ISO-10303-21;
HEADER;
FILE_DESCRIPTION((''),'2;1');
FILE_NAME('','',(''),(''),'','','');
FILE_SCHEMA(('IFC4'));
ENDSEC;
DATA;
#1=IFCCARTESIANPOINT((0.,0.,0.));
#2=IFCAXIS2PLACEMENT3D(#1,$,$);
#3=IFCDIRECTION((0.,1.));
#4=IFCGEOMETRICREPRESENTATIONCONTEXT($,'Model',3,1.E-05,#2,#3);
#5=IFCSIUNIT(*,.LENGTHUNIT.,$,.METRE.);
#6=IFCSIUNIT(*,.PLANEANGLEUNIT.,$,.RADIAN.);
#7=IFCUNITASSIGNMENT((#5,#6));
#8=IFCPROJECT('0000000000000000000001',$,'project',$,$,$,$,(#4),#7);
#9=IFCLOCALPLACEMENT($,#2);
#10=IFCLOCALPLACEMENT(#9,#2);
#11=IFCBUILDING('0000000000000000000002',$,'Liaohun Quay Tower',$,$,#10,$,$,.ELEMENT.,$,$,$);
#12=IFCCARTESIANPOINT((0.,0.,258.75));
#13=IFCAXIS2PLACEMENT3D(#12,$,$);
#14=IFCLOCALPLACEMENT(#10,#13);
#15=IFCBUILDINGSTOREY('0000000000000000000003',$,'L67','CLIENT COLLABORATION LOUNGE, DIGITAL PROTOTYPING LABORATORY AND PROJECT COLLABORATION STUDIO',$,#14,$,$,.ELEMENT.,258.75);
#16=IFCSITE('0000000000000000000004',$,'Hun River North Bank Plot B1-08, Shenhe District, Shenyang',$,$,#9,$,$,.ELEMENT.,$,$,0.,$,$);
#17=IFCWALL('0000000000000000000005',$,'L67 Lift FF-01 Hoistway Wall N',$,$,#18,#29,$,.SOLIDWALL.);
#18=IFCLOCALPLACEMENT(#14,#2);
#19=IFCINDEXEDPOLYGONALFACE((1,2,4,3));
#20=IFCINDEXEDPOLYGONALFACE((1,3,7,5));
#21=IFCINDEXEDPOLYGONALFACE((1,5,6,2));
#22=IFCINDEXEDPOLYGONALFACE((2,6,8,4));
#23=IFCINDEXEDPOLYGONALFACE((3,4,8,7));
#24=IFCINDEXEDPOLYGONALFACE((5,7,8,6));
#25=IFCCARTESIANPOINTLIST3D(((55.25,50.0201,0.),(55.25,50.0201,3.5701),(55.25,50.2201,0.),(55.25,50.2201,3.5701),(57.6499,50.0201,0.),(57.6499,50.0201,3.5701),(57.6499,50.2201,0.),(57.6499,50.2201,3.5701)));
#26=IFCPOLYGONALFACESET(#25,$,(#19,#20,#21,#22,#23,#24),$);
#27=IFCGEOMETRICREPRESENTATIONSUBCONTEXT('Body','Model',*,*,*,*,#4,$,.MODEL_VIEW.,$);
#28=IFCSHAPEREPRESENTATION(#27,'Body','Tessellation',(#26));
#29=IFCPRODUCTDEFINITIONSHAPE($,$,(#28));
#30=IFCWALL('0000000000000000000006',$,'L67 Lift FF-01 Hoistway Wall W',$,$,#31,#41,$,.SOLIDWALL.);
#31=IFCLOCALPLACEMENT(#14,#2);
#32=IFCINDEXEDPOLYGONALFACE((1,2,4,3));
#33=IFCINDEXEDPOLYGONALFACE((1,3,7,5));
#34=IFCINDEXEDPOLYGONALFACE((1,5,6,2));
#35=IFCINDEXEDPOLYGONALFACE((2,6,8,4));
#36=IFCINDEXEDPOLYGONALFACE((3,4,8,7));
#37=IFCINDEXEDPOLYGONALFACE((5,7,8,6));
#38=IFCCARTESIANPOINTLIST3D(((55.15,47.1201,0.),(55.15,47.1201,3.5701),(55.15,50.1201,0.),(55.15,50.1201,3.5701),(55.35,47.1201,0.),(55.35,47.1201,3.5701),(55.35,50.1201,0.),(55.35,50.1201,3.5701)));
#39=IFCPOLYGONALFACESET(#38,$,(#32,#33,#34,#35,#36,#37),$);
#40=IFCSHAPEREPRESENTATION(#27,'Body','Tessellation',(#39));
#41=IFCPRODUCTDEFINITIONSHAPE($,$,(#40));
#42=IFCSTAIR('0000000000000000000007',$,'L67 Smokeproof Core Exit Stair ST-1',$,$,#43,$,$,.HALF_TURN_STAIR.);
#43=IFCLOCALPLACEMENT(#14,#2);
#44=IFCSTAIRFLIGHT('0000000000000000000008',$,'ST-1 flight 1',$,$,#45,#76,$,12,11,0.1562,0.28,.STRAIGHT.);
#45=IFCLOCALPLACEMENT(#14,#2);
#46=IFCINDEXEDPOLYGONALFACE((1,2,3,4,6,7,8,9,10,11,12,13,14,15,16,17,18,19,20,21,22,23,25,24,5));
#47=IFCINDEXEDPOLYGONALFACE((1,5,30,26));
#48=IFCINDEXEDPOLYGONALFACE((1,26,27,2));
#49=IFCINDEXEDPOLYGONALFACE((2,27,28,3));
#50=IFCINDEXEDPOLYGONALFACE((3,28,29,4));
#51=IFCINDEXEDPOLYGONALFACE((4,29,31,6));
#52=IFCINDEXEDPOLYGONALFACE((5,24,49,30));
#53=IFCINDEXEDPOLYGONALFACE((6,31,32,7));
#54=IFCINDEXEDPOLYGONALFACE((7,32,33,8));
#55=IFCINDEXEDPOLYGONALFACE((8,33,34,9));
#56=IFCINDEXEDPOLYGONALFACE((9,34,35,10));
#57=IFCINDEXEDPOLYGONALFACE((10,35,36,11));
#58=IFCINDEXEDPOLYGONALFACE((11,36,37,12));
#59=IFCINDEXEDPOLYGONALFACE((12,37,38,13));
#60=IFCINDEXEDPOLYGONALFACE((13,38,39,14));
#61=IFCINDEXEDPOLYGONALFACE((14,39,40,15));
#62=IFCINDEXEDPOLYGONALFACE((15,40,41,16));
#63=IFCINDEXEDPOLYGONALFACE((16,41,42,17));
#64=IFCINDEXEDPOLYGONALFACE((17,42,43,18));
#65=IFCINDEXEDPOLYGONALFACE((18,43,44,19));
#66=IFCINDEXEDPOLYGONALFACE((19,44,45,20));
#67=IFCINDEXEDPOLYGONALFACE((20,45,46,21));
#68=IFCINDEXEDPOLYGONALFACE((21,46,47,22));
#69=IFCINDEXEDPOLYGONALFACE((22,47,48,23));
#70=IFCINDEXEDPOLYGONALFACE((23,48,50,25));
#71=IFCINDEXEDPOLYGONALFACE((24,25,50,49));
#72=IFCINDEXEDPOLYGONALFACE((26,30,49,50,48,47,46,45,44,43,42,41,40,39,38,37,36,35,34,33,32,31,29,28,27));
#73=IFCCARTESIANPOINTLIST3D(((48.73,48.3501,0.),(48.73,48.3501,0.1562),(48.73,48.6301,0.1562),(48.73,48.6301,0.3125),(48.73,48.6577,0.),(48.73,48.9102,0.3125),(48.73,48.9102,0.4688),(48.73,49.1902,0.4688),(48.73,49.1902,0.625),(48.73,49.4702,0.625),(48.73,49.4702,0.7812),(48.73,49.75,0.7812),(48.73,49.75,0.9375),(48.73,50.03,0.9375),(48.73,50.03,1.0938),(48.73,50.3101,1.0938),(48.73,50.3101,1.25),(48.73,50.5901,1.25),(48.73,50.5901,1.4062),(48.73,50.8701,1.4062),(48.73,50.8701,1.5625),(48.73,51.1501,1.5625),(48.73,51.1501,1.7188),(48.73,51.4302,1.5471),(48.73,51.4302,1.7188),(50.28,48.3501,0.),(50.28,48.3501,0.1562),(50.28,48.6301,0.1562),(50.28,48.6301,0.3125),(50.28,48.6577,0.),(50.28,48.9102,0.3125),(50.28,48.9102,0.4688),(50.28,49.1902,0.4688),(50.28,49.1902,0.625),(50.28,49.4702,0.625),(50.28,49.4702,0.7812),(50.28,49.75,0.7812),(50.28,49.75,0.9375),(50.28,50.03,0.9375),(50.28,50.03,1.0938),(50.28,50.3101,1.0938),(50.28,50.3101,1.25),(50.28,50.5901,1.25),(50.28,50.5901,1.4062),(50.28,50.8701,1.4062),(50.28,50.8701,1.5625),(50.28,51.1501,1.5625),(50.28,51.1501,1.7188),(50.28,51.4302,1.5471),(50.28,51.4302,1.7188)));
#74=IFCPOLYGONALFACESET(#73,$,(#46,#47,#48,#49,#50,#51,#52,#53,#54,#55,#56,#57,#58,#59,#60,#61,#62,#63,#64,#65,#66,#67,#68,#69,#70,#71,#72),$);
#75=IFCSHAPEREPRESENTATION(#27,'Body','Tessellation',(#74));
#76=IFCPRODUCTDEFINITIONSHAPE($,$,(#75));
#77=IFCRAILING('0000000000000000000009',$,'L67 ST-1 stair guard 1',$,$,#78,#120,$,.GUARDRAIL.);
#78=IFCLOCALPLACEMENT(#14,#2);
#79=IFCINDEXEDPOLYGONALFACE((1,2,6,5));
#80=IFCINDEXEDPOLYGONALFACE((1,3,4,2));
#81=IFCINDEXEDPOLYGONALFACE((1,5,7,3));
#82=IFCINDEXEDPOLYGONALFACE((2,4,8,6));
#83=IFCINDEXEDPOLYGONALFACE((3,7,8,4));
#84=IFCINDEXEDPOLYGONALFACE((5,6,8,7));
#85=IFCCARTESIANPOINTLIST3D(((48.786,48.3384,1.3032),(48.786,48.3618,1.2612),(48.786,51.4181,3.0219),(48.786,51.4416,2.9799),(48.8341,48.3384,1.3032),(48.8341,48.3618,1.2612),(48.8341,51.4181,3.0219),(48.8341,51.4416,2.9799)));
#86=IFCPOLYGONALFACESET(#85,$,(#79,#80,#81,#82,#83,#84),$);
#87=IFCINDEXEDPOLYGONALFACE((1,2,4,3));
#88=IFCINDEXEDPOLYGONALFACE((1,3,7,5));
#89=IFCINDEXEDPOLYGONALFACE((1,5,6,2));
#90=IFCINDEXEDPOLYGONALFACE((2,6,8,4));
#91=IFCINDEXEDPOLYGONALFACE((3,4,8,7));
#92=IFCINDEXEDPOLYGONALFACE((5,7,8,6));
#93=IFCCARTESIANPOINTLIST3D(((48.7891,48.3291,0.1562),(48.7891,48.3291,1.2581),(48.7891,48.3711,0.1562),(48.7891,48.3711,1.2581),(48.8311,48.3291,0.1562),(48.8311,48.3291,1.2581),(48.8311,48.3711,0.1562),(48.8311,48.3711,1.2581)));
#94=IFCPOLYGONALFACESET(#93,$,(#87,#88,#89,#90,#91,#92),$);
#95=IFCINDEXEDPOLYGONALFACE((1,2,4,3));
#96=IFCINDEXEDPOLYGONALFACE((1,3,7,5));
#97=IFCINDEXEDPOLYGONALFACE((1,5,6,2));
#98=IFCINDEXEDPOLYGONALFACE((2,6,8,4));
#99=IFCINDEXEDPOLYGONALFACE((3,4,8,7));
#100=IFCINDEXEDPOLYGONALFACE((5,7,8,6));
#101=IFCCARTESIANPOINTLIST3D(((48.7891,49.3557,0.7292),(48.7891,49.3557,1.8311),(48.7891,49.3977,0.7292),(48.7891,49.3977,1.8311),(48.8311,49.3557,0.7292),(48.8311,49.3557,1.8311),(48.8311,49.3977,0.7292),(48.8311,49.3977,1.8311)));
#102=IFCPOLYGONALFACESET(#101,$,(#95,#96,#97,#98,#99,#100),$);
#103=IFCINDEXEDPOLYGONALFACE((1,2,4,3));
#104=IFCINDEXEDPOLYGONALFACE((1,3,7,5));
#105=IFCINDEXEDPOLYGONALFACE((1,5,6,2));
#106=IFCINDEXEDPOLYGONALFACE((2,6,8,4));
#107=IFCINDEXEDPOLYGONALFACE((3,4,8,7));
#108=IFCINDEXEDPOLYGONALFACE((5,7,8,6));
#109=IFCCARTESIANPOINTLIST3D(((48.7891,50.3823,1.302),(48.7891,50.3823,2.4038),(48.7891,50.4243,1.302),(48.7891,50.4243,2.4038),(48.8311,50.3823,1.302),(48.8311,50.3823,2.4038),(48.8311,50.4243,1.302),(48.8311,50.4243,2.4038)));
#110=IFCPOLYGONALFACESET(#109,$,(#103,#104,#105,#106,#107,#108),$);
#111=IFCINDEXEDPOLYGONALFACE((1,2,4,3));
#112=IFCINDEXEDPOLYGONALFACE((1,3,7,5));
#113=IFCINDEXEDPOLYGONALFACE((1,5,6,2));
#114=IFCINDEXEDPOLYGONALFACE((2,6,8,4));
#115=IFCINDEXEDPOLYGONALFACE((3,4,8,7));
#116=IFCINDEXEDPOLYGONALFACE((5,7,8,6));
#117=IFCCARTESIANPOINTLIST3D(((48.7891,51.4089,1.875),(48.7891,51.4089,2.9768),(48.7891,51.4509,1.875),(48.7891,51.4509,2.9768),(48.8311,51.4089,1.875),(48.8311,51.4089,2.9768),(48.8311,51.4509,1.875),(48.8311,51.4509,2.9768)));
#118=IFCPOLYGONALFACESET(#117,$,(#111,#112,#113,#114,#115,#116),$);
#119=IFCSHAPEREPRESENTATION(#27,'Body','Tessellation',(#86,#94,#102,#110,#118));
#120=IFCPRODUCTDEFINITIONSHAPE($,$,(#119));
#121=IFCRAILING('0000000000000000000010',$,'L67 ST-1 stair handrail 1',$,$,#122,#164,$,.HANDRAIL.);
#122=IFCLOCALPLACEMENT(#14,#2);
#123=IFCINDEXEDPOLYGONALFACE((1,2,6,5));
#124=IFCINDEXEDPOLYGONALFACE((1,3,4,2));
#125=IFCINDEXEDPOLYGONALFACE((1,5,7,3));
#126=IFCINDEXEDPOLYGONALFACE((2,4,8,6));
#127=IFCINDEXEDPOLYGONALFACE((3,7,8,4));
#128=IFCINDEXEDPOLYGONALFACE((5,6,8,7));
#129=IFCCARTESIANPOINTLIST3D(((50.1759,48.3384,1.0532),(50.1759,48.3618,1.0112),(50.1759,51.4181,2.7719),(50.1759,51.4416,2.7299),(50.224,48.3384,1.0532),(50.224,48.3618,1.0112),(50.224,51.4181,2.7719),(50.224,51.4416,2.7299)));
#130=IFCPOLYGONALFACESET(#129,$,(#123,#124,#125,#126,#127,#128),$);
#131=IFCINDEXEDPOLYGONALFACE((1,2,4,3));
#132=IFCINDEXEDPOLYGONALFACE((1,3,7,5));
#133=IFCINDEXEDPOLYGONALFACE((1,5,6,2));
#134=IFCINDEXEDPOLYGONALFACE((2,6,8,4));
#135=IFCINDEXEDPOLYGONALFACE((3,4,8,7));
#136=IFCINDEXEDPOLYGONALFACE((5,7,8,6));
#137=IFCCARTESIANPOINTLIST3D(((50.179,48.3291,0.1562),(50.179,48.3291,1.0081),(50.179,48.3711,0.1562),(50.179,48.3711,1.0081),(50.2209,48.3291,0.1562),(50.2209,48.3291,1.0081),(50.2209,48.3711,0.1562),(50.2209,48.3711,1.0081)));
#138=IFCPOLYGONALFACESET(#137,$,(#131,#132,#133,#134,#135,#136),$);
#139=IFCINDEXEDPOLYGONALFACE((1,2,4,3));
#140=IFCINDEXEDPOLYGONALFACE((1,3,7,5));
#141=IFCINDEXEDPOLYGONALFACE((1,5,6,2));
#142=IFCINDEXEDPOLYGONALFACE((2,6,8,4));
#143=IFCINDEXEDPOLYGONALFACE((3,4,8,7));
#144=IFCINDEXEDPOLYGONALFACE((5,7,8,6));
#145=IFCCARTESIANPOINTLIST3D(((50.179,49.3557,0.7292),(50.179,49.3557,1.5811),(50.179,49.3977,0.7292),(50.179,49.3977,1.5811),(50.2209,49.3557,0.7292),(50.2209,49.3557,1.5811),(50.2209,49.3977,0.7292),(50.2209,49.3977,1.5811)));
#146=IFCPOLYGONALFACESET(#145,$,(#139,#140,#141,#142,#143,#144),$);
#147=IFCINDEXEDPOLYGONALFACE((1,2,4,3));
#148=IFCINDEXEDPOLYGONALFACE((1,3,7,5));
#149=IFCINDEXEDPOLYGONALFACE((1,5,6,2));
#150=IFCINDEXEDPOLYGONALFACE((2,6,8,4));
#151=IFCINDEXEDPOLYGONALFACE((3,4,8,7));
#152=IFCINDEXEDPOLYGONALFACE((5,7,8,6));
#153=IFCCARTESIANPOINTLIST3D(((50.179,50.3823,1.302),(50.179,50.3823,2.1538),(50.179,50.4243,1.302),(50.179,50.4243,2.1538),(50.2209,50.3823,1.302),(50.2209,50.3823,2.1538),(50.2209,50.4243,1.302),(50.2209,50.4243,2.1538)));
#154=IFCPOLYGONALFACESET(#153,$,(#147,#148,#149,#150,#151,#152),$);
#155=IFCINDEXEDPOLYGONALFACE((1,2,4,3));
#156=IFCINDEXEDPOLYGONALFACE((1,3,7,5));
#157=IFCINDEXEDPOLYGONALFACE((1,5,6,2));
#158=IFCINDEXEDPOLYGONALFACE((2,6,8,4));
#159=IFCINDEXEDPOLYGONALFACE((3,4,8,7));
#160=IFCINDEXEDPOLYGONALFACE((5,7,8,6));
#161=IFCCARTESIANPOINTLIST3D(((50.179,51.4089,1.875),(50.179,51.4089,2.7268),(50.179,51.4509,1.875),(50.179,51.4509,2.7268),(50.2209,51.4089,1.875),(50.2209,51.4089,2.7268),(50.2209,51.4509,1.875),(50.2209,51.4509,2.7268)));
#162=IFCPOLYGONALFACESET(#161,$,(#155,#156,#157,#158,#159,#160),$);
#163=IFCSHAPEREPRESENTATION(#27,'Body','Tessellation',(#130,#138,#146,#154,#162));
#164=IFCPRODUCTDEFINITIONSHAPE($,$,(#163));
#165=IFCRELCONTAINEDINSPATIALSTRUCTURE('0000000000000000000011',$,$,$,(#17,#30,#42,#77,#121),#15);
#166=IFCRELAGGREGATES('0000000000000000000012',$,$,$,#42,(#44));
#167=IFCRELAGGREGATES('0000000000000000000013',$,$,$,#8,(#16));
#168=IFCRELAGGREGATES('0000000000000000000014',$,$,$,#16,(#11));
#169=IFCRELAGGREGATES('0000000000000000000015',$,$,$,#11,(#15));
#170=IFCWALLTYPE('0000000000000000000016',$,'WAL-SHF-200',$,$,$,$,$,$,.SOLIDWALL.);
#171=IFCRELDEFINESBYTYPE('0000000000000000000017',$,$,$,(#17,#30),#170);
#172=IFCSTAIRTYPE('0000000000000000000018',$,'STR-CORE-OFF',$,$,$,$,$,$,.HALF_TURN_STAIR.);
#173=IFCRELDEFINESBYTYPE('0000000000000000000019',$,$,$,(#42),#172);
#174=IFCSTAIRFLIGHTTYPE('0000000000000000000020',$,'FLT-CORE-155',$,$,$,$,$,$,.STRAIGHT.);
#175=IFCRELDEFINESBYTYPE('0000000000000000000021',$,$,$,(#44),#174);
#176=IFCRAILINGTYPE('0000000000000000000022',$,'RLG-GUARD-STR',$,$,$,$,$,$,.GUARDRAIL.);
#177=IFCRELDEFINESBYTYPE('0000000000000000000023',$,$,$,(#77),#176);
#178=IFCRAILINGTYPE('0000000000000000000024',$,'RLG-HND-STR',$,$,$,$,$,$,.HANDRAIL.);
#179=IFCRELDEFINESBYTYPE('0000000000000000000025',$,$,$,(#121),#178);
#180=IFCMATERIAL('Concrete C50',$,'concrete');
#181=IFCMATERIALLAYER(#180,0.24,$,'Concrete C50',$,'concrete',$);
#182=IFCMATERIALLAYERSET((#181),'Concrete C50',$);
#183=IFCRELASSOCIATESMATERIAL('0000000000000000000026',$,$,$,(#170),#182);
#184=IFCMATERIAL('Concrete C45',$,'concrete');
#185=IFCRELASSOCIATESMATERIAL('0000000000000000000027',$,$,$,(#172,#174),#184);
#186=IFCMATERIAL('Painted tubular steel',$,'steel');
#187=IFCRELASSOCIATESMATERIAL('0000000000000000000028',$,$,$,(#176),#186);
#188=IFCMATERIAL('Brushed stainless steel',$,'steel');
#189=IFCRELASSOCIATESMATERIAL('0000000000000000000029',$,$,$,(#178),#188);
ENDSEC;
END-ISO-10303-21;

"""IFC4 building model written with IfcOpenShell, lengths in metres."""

from ifc_helpers import new_model, si_unit, direction, frame, frame_2d, origin, origin_2d, place, context, subcontext, project, spatial, polyline, rectangle, outline, extrude, material, layer, layer_set, type_object, element, aggregate, save


model = new_model("IFC4")

# Units and contexts
model_context = context("Model", 3, precision=1e-05, world=origin(), true_north=direction((0.0, 1.0)))
body_context = subcontext(model_context, "Body", "Model", "MODEL_VIEW")
ifc_project = project(units=[si_unit("LENGTHUNIT", "METRE"), si_unit("PLANEANGLEUNIT", "RADIAN")], contexts=[model_context])

# Site, building, storey
site_placement = place(None, origin())
site = spatial("IfcSite", under=ifc_project, at=site_placement, Name="Hun River North Bank Plot B1-08, Shenhe District, Shenyang", CompositionType="ELEMENT", RefElevation=0.0)
building_placement = place(site_placement, origin())
building = spatial("IfcBuilding", under=site, at=building_placement, Name="Liaohun Quay Tower", CompositionType="ELEMENT")
storey_placement = place(building_placement, frame((0.0, 0.0, 258.75)))
storey = spatial("IfcBuildingStorey", under=building, at=storey_placement, Name="L67", Description="CLIENT COLLABORATION LOUNGE, DIGITAL PROTOTYPING LABORATORY AND PROJECT COLLABORATION STUDIO", CompositionType="ELEMENT", Elevation=258.75)

# Shared definitions
ifc_material_1 = material(Name="Concrete C50", Category="concrete")

# Shared definitions
ifc_layer_1 = layer(ifc_material_1, 0.24, Name="Concrete C50", Category="concrete")
ifc_layer_set_1 = layer_set([ifc_layer_1], Name="Concrete C50")
wall_type_1 = type_object("IfcWallType", Name="WAL-SHF-200", PredefinedType="SOLIDWALL", material=ifc_layer_set_1)

# Walls
wall_1_placement = place(storey_placement, frame((57.6499, 50.1201, 0.0), z_axis=(0.0, 0.0, 1.0), x_axis=(-1.0, 0.0, 0.0)))
element("IfcWall", 1, at=wall_1_placement, inside=storey, type_object=wall_type_1, Name="L67 Lift FF-01 Hoistway Wall N", PredefinedType="SOLIDWALL", context=body_context, shape_type="SweptSolid", body=[
    extrude(rectangle(XDim=2.3999, YDim=0.2, at=frame_2d((1.2, 0.0))), origin(), (0.0, 0.0, 1.0), 3.5701),
])
wall_2_placement = place(storey_placement, frame((55.25, 50.1201, 0.0), z_axis=(0.0, 0.0, 1.0), x_axis=(0.0, -1.0, 0.0)))
element("IfcWall", 2, at=wall_2_placement, inside=storey, type_object=wall_type_1, Name="L67 Lift FF-01 Hoistway Wall W", PredefinedType="SOLIDWALL", context=body_context, shape_type="SweptSolid", body=[
    extrude(rectangle(XDim=3.0, YDim=0.2, at=frame_2d((1.5, 0.0))), origin(), (0.0, 0.0, 1.0), 3.5701),
])

# Stair, stair flight
ifc_material_2 = material(Name="Concrete C45", Category="concrete")
stair_type = type_object("IfcStairType", Name="STR-CORE-OFF", PredefinedType="HALF_TURN_STAIR", material=ifc_material_2)
stair_placement = place(storey_placement, origin())
stair = element("IfcStair", 3, at=stair_placement, inside=storey, type_object=stair_type, Name="L67 Smokeproof Core Exit Stair ST-1", PredefinedType="HALF_TURN_STAIR")
stair_flight_type = type_object("IfcStairFlightType", Name="FLT-CORE-155", PredefinedType="STRAIGHT", material=ifc_material_2)
stair_flight_placement = place(storey_placement, frame((49.5049, 48.3501, 0.0), z_axis=(0.0, 0.0, 1.0), x_axis=(0.0, 1.0, 0.0)))
stair_flight = element("IfcStairFlight", 4, at=stair_flight_placement, type_object=stair_flight_type, Name="ST-1 flight 1", NumberOfRisers=12, NumberOfTreads=11, PredefinedType="STRAIGHT", RiserHeight=0.1562, TreadLength=0.28, context=body_context, shape_type="SweptSolid", body=[
    extrude(outline(polyline([(0.0, 0.0), (0.0, 0.1562), (0.28, 0.1562), (0.28, 0.3125), (0.5601, 0.3125), (0.5601, 0.4688), (0.8401, 0.4688), (0.8401, 0.625), (1.1201, 0.625), (1.1201, 0.7812), (1.3999, 0.7812), (1.3999, 0.9375), (1.6799, 0.9375), (1.6799, 1.0938), (1.96, 1.0938), (1.96, 1.25), (2.24, 1.25), (2.24, 1.4062), (2.52, 1.4062), (2.52, 1.5625), (2.8, 1.5625), (2.8, 1.7188), (3.0801, 1.7188), (3.0801, 1.875), (3.0801, 1.5471), (0.3076, 0.0), (0.0, 0.0)])), frame((0.0, 0.7749, 0.0), z_axis=(0.0, -1.0, 0.0), x_axis=(1.0, 0.0, 0.0)), (0.0, 0.0, 1.0), 1.55),
])
aggregate(stair, [stair_flight])

# Railings
ifc_material_3 = material(Name="Painted tubular steel", Category="steel")
railing_type_1 = type_object("IfcRailingType", Name="RLG-GUARD-STR", PredefinedType="GUARDRAIL", material=ifc_material_3)
railing_1_placement = place(storey_placement, frame((48.8101, 48.3501, 0.1562)))
element("IfcRailing", 5, at=railing_1_placement, inside=storey, type_object=railing_type_1, Name="L67 ST-1 stair guard 1", PredefinedType="GUARDRAIL", context=body_context, shape_type="SweptSolid", body=[
    extrude(rectangle(XDim=0.0481, YDim=0.0481, at=origin_2d()), frame((0.0, 0.0, 1.126), z_axis=(0.0, 0.873225, 0.487317), x_axis=(-1.0, 0.0, 0.0)), (0.0, 0.0, 1.0), 3.5269),
    extrude(rectangle(XDim=0.042, YDim=0.042, at=origin_2d()), origin(), (0.0, 0.0, 1.0), 1.1018),
    extrude(rectangle(XDim=0.042, YDim=0.042, at=origin_2d()), frame((0.0, 1.0266, 0.573)), (0.0, 0.0, 1.0), 1.1018),
    extrude(rectangle(XDim=0.042, YDim=0.042, at=origin_2d()), frame((0.0, 2.0532, 1.1458)), (0.0, 0.0, 1.0), 1.1018),
    extrude(rectangle(XDim=0.042, YDim=0.042, at=origin_2d()), frame((0.0, 3.0798, 1.7188)), (0.0, 0.0, 1.0), 1.1018),
])
ifc_material_4 = material(Name="Brushed stainless steel", Category="steel")
railing_type_2 = type_object("IfcRailingType", Name="RLG-HND-STR", PredefinedType="HANDRAIL", material=ifc_material_4)
railing_2_placement = place(storey_placement, frame((50.2, 48.3501, 0.1562)))
element("IfcRailing", 6, at=railing_2_placement, inside=storey, type_object=railing_type_2, Name="L67 ST-1 stair handrail 1", PredefinedType="HANDRAIL", context=body_context, shape_type="SweptSolid", body=[
    extrude(rectangle(XDim=0.0481, YDim=0.0481, at=origin_2d()), frame((0.0, 0.0, 0.876), z_axis=(0.0, 0.873225, 0.487317), x_axis=(-1.0, 0.0, 0.0)), (0.0, 0.0, 1.0), 3.5269),
    extrude(rectangle(XDim=0.042, YDim=0.042, at=origin_2d()), origin(), (0.0, 0.0, 1.0), 0.8518),
    extrude(rectangle(XDim=0.042, YDim=0.042, at=origin_2d()), frame((0.0, 1.0266, 0.573)), (0.0, 0.0, 1.0), 0.8518),
    extrude(rectangle(XDim=0.042, YDim=0.042, at=origin_2d()), frame((0.0, 2.0532, 1.1458)), (0.0, 0.0, 1.0), 0.8518),
    extrude(rectangle(XDim=0.042, YDim=0.042, at=origin_2d()), frame((0.0, 3.0798, 1.7188)), (0.0, 0.0, 1.0), 0.8518),
])

save(model, "model.ifc")
